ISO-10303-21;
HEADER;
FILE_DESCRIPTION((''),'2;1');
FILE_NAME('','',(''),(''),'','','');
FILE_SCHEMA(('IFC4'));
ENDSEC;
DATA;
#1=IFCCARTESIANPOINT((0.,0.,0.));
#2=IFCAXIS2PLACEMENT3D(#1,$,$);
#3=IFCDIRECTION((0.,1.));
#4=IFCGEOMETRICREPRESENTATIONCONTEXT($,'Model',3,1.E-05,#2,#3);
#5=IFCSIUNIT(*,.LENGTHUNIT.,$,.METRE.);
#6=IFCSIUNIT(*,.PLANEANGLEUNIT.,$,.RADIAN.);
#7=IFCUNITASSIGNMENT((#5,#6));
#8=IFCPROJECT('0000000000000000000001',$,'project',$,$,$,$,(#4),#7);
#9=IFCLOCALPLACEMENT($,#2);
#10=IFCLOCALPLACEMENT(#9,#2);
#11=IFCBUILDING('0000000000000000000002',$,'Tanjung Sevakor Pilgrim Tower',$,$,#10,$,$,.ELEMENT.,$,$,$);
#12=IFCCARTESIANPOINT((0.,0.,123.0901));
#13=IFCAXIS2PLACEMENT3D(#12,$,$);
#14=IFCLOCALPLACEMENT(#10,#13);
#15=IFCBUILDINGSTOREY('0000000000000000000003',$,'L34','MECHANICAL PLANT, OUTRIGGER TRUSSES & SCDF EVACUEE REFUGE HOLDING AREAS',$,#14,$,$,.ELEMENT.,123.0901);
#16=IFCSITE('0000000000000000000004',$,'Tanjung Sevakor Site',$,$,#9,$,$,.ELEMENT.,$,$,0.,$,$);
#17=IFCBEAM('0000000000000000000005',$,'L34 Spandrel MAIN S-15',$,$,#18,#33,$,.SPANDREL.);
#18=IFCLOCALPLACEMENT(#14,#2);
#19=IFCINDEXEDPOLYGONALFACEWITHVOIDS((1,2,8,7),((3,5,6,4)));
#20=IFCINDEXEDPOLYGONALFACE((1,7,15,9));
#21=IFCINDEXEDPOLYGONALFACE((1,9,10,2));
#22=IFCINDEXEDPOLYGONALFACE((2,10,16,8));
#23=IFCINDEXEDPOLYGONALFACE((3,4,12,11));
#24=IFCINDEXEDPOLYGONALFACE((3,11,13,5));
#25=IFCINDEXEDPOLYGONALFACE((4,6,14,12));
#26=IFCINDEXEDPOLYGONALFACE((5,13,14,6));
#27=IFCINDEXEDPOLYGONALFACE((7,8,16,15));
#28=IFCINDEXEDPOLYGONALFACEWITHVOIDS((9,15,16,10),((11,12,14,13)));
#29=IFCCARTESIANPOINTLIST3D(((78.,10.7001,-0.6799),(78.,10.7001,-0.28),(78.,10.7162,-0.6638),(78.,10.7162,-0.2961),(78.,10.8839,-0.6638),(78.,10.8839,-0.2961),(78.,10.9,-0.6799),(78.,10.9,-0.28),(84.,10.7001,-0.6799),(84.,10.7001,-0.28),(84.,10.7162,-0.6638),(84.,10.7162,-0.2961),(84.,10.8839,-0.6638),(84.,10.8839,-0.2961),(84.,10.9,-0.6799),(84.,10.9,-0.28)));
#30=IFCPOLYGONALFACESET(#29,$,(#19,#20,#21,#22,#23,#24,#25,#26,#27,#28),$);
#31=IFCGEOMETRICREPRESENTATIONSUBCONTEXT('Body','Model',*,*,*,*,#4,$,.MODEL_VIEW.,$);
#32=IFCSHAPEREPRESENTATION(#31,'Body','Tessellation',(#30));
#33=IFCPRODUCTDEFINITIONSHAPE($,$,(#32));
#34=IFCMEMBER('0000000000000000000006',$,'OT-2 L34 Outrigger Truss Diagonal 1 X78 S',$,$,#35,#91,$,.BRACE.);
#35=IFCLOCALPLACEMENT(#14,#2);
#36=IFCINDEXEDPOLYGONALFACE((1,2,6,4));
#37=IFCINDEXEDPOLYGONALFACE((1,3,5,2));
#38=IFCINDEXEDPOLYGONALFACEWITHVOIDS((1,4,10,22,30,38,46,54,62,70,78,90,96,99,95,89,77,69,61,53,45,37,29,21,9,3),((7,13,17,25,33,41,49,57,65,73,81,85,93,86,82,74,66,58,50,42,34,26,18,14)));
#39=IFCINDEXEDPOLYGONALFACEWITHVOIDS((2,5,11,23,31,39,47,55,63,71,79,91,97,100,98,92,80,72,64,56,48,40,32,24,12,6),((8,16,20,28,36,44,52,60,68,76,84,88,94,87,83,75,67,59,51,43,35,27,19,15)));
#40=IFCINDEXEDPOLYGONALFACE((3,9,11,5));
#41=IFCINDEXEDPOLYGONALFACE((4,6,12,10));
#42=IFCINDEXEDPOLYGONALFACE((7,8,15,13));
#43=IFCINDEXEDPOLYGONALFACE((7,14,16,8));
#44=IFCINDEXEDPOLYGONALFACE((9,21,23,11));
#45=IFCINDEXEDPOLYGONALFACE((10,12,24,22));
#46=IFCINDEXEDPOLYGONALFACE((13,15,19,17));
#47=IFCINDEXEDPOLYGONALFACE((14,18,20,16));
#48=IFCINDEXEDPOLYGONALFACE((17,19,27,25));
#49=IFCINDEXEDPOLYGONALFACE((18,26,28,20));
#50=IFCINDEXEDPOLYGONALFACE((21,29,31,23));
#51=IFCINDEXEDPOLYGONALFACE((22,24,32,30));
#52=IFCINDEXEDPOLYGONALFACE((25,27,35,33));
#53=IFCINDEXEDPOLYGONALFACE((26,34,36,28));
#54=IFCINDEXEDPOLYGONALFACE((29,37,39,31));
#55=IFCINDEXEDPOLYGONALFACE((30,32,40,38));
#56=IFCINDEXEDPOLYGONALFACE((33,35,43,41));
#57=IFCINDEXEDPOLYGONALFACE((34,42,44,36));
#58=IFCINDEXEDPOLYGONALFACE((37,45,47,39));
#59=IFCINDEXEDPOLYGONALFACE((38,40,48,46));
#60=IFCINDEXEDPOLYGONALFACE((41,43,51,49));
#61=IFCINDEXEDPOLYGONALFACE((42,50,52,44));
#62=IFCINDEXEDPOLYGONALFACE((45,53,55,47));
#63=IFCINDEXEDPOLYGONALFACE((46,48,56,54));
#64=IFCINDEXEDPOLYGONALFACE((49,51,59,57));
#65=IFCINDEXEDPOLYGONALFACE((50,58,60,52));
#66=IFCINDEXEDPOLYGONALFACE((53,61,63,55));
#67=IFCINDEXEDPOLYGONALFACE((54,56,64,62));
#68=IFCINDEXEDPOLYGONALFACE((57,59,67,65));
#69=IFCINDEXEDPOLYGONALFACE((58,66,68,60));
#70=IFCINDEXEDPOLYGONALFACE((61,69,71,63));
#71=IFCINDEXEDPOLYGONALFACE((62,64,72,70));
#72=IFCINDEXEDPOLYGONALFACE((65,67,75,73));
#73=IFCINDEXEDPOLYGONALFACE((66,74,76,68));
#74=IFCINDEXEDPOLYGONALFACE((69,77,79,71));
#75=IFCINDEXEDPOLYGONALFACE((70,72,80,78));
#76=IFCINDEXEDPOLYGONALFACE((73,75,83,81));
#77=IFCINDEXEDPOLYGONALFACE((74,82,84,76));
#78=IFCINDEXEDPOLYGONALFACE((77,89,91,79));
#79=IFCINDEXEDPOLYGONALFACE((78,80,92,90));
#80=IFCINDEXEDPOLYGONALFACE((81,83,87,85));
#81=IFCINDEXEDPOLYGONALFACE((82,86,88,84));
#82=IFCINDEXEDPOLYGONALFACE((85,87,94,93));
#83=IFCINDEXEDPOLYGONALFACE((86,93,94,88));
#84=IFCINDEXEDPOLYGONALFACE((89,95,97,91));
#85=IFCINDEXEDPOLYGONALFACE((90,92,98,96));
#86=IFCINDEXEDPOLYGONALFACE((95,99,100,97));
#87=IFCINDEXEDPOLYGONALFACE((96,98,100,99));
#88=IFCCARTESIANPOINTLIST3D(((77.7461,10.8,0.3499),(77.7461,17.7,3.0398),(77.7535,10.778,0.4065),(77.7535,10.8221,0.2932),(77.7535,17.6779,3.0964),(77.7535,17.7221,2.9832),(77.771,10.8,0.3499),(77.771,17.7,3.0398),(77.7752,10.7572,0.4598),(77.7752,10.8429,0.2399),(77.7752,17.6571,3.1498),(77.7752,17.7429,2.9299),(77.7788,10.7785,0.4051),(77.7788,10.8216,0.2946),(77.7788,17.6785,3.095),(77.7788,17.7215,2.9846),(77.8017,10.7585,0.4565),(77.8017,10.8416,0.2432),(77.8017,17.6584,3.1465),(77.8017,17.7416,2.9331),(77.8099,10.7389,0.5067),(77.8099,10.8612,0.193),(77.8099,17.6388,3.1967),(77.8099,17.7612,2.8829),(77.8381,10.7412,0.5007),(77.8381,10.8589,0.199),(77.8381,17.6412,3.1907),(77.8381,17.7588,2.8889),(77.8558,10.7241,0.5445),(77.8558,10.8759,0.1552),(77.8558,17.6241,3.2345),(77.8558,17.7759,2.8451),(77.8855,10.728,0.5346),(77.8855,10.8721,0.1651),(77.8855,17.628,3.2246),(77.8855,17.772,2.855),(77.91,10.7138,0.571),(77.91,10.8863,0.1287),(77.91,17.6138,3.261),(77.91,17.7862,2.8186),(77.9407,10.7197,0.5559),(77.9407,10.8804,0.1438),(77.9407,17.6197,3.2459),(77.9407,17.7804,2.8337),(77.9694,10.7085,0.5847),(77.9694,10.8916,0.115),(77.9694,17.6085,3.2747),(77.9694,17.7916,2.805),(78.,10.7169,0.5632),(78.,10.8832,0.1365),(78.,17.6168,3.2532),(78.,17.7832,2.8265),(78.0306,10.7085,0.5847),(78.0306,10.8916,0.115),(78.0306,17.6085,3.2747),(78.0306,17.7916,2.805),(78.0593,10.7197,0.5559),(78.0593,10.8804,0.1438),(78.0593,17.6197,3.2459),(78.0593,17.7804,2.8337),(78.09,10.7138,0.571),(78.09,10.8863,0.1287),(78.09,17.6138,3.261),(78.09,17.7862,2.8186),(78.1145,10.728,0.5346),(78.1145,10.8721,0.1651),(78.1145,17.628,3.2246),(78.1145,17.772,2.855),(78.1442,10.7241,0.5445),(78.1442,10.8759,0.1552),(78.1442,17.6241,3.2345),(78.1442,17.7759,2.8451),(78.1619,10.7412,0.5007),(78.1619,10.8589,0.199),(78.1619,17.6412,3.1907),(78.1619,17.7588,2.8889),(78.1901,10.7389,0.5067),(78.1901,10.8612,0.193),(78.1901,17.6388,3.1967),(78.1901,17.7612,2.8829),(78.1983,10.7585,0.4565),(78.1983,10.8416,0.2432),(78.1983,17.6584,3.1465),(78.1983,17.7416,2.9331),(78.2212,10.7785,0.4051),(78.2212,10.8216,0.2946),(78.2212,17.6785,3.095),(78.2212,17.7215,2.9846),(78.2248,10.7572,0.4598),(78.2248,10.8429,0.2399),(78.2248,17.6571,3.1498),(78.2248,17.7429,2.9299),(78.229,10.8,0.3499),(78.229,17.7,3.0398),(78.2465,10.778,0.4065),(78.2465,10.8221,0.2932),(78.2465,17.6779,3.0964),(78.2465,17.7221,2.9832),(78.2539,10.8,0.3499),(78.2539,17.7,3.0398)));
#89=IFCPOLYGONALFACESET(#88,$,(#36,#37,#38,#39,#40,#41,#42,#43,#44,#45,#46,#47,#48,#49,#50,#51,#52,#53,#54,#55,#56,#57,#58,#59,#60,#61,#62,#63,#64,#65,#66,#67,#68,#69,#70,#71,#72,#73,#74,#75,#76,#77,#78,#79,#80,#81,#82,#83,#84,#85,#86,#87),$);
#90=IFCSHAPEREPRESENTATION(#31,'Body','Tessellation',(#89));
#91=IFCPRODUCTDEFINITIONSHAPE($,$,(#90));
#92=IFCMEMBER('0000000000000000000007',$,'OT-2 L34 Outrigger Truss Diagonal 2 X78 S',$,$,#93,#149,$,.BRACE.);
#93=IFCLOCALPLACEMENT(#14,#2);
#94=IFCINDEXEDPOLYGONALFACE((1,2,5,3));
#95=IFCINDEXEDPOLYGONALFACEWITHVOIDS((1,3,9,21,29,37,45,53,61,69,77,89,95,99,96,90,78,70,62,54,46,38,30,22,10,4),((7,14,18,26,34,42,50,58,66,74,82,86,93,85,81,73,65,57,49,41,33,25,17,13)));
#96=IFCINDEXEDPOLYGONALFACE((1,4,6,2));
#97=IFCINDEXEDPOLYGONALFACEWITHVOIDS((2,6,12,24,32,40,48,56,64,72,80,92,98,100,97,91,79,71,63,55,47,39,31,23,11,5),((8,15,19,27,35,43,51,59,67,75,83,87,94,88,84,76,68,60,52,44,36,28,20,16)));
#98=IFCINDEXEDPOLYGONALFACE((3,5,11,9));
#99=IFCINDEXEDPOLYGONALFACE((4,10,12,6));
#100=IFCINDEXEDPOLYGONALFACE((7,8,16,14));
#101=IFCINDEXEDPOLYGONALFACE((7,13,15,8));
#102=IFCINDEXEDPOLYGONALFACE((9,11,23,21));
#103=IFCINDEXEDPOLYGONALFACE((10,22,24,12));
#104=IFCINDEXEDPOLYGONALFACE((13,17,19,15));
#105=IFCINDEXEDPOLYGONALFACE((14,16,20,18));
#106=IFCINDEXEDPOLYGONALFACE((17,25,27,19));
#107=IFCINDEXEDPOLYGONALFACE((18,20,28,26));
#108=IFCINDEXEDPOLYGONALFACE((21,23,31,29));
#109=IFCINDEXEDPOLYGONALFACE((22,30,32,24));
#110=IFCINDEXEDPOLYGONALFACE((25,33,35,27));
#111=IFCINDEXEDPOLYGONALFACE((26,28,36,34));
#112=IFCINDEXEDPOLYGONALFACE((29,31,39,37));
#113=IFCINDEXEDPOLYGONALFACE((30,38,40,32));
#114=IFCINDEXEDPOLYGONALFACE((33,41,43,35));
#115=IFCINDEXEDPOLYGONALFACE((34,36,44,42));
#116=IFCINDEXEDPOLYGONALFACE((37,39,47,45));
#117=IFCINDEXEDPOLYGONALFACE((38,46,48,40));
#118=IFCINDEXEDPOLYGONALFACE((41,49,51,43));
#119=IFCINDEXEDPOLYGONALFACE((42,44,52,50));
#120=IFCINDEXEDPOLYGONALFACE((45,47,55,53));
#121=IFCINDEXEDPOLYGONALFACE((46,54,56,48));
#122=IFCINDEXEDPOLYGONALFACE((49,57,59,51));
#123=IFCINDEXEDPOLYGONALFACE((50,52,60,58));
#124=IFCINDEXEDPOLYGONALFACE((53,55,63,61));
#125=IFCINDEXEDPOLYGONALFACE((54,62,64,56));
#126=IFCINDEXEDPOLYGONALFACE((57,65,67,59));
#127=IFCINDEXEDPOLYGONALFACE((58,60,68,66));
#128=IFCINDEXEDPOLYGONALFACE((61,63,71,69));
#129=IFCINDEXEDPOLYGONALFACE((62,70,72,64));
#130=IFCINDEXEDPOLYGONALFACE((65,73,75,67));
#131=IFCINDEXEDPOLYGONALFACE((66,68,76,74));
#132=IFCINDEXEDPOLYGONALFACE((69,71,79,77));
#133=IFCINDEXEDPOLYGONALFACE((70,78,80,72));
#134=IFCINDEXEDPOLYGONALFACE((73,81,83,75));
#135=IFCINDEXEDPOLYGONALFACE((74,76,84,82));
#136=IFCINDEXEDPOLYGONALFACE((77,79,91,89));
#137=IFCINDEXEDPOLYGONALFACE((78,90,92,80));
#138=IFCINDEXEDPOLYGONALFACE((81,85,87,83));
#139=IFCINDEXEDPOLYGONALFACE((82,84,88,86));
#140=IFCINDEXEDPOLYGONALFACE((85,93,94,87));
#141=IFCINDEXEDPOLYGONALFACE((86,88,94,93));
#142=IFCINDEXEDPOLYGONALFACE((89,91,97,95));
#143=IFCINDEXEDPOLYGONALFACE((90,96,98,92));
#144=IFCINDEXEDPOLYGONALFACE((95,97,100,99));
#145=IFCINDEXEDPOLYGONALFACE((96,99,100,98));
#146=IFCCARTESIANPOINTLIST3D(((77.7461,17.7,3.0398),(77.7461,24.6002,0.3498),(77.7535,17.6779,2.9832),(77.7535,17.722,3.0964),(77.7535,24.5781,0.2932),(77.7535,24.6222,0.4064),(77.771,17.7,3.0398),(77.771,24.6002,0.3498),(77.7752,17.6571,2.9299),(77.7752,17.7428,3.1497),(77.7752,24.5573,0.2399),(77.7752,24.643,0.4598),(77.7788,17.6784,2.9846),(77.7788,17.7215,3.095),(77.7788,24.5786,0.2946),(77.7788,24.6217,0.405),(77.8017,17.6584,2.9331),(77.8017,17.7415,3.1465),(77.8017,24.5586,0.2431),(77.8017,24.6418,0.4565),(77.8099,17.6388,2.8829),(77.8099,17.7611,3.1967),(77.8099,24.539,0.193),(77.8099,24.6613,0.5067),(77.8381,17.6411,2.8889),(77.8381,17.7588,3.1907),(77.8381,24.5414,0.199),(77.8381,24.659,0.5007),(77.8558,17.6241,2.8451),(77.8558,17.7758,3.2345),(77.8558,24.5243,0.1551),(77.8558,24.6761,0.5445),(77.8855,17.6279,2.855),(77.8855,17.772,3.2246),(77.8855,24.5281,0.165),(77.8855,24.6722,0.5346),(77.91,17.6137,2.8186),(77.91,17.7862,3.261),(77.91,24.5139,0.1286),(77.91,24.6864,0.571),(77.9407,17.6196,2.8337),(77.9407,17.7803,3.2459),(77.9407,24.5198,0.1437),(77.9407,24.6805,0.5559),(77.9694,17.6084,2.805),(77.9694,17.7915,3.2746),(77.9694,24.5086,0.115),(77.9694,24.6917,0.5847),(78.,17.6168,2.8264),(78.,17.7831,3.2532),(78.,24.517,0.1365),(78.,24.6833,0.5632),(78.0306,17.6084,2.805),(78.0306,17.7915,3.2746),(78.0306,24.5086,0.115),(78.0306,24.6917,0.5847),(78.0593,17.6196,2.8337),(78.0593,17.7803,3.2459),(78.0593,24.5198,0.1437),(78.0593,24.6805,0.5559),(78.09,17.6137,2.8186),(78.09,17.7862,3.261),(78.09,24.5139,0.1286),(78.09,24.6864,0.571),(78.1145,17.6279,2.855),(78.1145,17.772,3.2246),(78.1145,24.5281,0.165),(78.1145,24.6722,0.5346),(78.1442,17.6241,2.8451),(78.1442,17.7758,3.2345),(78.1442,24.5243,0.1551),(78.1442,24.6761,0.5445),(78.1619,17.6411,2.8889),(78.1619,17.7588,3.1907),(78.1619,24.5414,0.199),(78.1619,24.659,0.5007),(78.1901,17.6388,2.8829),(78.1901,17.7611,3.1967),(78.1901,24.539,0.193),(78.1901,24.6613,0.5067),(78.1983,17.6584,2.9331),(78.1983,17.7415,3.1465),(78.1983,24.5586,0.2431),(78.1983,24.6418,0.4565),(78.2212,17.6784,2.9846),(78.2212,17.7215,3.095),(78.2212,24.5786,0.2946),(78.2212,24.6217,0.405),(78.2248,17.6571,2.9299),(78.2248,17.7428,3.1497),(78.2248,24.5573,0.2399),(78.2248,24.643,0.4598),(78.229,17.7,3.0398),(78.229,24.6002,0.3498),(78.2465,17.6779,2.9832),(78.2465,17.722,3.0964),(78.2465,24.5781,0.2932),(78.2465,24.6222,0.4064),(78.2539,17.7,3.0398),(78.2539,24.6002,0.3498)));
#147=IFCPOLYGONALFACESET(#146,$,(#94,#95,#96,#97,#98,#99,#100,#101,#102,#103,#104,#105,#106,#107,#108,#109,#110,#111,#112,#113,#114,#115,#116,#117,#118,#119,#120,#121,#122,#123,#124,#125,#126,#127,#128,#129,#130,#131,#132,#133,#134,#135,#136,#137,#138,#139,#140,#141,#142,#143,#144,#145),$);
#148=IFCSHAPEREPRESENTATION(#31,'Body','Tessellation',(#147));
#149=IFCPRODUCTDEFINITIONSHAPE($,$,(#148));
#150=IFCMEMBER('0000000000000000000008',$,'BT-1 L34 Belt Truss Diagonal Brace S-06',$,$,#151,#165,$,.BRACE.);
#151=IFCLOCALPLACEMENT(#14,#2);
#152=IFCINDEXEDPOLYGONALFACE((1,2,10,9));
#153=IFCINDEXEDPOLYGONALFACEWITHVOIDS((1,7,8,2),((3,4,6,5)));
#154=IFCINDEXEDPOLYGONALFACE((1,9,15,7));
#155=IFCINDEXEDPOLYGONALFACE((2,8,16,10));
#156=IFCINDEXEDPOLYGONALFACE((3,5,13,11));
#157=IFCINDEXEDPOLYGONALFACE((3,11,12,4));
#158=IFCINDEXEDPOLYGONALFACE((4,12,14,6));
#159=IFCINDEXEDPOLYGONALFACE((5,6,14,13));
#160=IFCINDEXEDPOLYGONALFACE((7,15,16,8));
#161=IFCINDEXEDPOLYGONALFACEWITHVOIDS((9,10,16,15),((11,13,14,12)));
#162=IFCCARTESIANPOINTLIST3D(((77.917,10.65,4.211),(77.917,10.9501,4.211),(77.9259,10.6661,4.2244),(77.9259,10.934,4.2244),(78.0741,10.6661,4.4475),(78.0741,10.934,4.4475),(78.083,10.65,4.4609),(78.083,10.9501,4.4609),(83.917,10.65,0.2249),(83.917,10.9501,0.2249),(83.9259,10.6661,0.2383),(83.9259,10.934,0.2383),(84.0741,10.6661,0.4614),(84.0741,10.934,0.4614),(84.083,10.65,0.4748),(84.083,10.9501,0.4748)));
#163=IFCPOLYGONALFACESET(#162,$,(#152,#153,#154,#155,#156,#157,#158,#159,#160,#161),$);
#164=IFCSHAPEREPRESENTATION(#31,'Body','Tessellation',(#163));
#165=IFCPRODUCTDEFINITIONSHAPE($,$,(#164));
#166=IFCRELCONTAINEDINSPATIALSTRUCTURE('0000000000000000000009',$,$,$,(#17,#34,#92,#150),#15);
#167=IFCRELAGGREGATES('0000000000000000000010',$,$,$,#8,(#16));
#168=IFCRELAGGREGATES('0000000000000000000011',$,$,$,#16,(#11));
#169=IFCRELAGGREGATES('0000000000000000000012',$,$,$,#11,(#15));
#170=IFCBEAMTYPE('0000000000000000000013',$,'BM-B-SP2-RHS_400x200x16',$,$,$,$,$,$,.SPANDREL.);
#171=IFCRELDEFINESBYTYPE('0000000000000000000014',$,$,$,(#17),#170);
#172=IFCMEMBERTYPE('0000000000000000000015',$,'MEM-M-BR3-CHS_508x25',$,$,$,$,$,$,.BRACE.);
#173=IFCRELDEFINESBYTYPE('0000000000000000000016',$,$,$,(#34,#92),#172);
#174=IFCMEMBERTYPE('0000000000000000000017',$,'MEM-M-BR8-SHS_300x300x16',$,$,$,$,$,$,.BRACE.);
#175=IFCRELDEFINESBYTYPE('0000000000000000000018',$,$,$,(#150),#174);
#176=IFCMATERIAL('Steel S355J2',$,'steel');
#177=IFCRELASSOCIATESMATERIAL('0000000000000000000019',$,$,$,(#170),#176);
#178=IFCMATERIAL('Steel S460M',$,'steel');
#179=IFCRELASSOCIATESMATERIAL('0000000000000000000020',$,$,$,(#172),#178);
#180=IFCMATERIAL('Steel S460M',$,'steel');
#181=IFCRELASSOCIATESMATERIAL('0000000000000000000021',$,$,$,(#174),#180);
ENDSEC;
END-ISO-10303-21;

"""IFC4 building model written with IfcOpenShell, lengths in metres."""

from ifc_helpers import new_model, si_unit, direction, frame, origin, origin_2d, place, context, subcontext, project, spatial, hollow_rectangle, hollow_circle, extrude, material, material_profile, profile_set, type_object, element, save


model = new_model("IFC4")

# Units and contexts
model_context = context("Model", 3, precision=1e-05, world=origin(), true_north=direction((0.0, 1.0)))
body_context = subcontext(model_context, "Body", "Model", "MODEL_VIEW")
ifc_project = project(units=[si_unit("LENGTHUNIT", "METRE"), si_unit("PLANEANGLEUNIT", "RADIAN")], contexts=[model_context])

# Site, building, storey
site_placement = place(None, origin())
site = spatial("IfcSite", under=ifc_project, at=site_placement, Name="Tanjung Sevakor Site", CompositionType="ELEMENT", RefElevation=0.0)
building_placement = place(site_placement, origin())
building = spatial("IfcBuilding", under=site, at=building_placement, Name="Tanjung Sevakor Pilgrim Tower", CompositionType="ELEMENT")
storey_placement = place(building_placement, frame((0.0, 0.0, 123.0901)))
storey = spatial("IfcBuildingStorey", under=building, at=storey_placement, Name="L34", Description="MECHANICAL PLANT, OUTRIGGER TRUSSES & SCDF EVACUEE REFUGE HOLDING AREAS", CompositionType="ELEMENT", Elevation=123.0901)

# Beam
ifc_material_1 = material(Name="Steel S355J2", Category="steel")
ifc_material_profile_1 = material_profile(ifc_material_1, hollow_rectangle(XDim=0.2, YDim=0.3999, WallThickness=0.0161, at=origin_2d()))
ifc_profile_set_1 = profile_set([ifc_material_profile_1], Name="Steel S355J2")
beam_type_1 = type_object("IfcBeamType", Name="BM-B-SP2-RHS_400x200x16", PredefinedType="SPANDREL", material=ifc_profile_set_1)
beam_1_placement = place(storey_placement, frame((78.0, 10.8, -0.48), z_axis=(1.0, 0.0, 0.0), x_axis=(0.0, 1.0, 0.0)))
element("IfcBeam", 1, at=beam_1_placement, inside=storey, type_object=beam_type_1, Name="L34 Spandrel MAIN S-15", PredefinedType="SPANDREL", context=body_context, shape_type="SweptSolid", body=[
    extrude(hollow_rectangle(XDim=0.2, YDim=0.3999, WallThickness=0.0161, at=origin_2d()), origin(), (0.0, 0.0, 1.0), 6.0),
])

# Members
ifc_material_2 = material(Name="Steel S460M", Category="steel")
ifc_material_profile_2 = material_profile(ifc_material_2, hollow_circle(Radius=0.2539, WallThickness=0.0249, at=origin_2d()))
ifc_profile_set_2 = profile_set([ifc_material_profile_2], Name="Steel S460M")
member_type_1 = type_object("IfcMemberType", Name="MEM-M-BR3-CHS_508x25", PredefinedType="BRACE", material=ifc_profile_set_2)
member_1_placement = place(storey_placement, frame((78.0, 10.8, 0.3499), z_axis=(0.0, 0.931701, 0.363226), x_axis=(-1.0, 0.0, 0.0)))
element("IfcMember", 2, at=member_1_placement, inside=storey, type_object=member_type_1, Name="OT-2 L34 Outrigger Truss Diagonal 1 X78 S", PredefinedType="BRACE", context=body_context, shape_type="SweptSolid", body=[
    extrude(hollow_circle(Radius=0.2539, WallThickness=0.0249, at=origin_2d()), origin(), (0.0, 0.0, 1.0), 7.4058),
])
member_2_placement = place(storey_placement, frame((78.0, 17.7, 3.0398), z_axis=(0.0, 0.931706, -0.363215), x_axis=(-1.0, 0.0, 0.0)))
element("IfcMember", 3, at=member_2_placement, inside=storey, type_object=member_type_1, Name="OT-2 L34 Outrigger Truss Diagonal 2 X78 S", PredefinedType="BRACE", context=body_context, shape_type="SweptSolid", body=[
    extrude(hollow_circle(Radius=0.2539, WallThickness=0.0249, at=origin_2d()), origin(), (0.0, 0.0, 1.0), 7.406),
])
ifc_material_3 = material(Name="Steel S460M", Category="steel")
ifc_material_profile_3 = material_profile(ifc_material_3, hollow_rectangle(XDim=0.3, YDim=0.3, WallThickness=0.0161, at=origin_2d()))
ifc_profile_set_3 = profile_set([ifc_material_profile_3], Name="Steel S460M")
member_type_2 = type_object("IfcMemberType", Name="MEM-M-BR8-SHS_300x300x16", PredefinedType="BRACE", material=ifc_profile_set_3)
member_3_placement = place(storey_placement, frame((78.0, 10.8, 4.3359), z_axis=(0.832941, 0.0, -0.553362), x_axis=(0.0, 1.0, 0.0)))
element("IfcMember", 4, at=member_3_placement, inside=storey, type_object=member_type_2, Name="BT-1 L34 Belt Truss Diagonal Brace S-06", PredefinedType="BRACE", context=body_context, shape_type="SweptSolid", body=[
    extrude(hollow_rectangle(XDim=0.3, YDim=0.3, WallThickness=0.0161, at=origin_2d()), origin(), (0.0, 0.0, 1.0), 7.2034),
])

save(model, "model.ifc")
